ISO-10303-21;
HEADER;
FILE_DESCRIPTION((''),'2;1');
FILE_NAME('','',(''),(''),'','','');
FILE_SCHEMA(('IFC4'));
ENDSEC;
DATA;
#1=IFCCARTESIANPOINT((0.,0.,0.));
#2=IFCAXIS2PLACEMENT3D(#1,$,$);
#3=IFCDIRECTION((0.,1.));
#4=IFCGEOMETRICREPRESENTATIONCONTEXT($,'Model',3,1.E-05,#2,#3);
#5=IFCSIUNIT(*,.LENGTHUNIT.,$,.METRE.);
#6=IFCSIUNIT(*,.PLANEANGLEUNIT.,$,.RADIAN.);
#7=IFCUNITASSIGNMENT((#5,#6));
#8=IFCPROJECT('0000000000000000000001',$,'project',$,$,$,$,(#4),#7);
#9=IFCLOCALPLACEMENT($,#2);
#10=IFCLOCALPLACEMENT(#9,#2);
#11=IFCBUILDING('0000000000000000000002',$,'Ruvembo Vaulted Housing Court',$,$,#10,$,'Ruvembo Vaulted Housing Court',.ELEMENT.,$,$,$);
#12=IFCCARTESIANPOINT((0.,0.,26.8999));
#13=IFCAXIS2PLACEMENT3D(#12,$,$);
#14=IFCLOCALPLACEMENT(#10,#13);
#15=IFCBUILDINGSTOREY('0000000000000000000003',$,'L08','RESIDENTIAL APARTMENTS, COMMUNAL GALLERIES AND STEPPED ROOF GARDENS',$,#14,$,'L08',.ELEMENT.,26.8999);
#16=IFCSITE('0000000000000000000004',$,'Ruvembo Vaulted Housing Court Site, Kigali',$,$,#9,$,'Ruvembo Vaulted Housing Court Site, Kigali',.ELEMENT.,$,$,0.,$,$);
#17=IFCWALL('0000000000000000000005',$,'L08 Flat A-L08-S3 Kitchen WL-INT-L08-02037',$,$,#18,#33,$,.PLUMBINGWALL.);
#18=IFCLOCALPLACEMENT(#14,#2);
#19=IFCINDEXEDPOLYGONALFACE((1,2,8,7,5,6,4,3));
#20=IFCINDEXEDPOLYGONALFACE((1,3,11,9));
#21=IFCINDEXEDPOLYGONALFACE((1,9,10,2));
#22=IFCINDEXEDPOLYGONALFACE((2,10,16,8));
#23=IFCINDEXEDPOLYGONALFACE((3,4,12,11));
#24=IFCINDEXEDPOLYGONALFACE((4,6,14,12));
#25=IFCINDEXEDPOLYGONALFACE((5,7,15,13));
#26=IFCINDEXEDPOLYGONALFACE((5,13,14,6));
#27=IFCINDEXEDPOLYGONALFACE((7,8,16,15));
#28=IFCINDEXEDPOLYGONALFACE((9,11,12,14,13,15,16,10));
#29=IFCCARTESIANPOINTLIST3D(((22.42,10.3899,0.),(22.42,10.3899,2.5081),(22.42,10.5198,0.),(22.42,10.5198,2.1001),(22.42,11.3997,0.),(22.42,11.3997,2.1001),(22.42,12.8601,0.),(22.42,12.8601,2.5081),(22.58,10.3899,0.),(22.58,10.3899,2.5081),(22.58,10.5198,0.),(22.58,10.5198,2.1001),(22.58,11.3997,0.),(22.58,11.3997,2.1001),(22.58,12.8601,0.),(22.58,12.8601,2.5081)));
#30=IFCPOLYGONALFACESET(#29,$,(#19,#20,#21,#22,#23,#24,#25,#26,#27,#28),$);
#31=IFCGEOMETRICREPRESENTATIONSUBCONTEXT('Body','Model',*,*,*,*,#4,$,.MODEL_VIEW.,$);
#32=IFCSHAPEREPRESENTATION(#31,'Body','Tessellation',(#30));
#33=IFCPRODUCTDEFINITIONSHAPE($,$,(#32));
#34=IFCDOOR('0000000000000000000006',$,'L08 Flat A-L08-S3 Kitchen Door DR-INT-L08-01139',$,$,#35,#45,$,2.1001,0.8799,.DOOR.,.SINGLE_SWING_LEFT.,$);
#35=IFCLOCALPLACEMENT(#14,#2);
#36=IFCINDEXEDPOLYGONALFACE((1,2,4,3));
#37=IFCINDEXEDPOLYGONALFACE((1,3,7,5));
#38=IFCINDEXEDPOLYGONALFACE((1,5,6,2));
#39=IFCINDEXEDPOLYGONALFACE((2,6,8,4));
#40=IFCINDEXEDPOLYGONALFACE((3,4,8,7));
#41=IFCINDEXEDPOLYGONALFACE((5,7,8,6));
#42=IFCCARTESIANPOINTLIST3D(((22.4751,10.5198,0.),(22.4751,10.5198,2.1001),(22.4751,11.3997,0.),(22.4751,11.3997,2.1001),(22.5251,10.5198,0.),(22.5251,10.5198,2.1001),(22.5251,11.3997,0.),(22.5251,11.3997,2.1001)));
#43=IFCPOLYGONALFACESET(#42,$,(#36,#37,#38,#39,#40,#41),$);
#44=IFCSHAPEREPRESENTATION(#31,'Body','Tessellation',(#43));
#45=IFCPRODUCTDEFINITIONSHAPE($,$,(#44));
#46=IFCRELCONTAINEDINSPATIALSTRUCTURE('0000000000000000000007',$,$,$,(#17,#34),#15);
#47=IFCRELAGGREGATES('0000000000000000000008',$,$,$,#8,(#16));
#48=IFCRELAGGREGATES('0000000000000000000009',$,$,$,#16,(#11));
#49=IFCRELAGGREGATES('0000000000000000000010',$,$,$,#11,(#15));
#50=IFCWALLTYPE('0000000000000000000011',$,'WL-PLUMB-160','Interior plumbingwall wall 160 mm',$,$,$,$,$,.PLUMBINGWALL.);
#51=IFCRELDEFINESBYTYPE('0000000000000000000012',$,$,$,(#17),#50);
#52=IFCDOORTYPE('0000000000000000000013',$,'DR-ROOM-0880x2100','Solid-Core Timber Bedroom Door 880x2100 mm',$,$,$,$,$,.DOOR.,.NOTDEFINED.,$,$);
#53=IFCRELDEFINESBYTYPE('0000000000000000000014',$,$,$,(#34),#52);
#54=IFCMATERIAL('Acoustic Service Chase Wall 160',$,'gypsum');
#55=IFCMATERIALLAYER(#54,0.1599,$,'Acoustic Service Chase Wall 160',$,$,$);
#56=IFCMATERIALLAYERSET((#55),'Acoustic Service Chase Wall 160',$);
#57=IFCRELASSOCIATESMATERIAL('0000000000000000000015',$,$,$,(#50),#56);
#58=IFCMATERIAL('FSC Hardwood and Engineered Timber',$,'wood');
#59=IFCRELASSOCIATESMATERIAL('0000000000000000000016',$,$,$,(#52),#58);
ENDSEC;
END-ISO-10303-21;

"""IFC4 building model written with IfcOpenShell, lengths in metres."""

from ifc_helpers import new_model, si_unit, direction, frame, frame_2d, origin, place, context, subcontext, project, spatial, rectangle, extrude, material, layer, layer_set, type_object, element, fill, save


model = new_model("IFC4")

# Units and contexts
model_context = context("Model", 3, precision=1e-05, world=origin(), true_north=direction((0.0, 1.0)))
body_context = subcontext(model_context, "Body", "Model", "MODEL_VIEW")
ifc_project = project(units=[si_unit("LENGTHUNIT", "METRE"), si_unit("PLANEANGLEUNIT", "RADIAN")], contexts=[model_context])

# Site, building, storey
site_placement = place(None, origin())
site = spatial("IfcSite", under=ifc_project, at=site_placement, Name="Ruvembo Vaulted Housing Court Site, Kigali", LongName="Ruvembo Vaulted Housing Court Site, Kigali", CompositionType="ELEMENT", RefElevation=0.0)
building_placement = place(site_placement, origin())
building = spatial("IfcBuilding", under=site, at=building_placement, Name="Ruvembo Vaulted Housing Court", LongName="Ruvembo Vaulted Housing Court", CompositionType="ELEMENT")
storey_placement = place(building_placement, frame((0.0, 0.0, 26.8999)))
storey = spatial("IfcBuildingStorey", under=building, at=storey_placement, Name="L08", Description="RESIDENTIAL APARTMENTS, COMMUNAL GALLERIES AND STEPPED ROOF GARDENS", LongName="L08", CompositionType="ELEMENT", Elevation=26.8999)

# Shared definitions
ifc_material_1 = material(Name="FSC Hardwood and Engineered Timber", Category="wood")

# Wall, opening, door
ifc_material_2 = material(Name="Acoustic Service Chase Wall 160", Category="gypsum")
ifc_layer_1 = layer(ifc_material_2, 0.1599, Name="Acoustic Service Chase Wall 160")
ifc_layer_set_1 = layer_set([ifc_layer_1], Name="Acoustic Service Chase Wall 160")
wall_type_1 = type_object("IfcWallType", Name="WL-PLUMB-160", Description="Interior plumbingwall wall 160 mm", PredefinedType="PLUMBINGWALL", material=ifc_layer_set_1)
door_type_1 = type_object("IfcDoorType", Name="DR-ROOM-0880x2100", Description="Solid-Core Timber Bedroom Door 880x2100 mm", OperationType="NOTDEFINED", PredefinedType="DOOR", material=ifc_material_1)
wall_1_placement = place(storey_placement, frame((22.5, 10.3899, 0.0), z_axis=(0.0, 0.0, 1.0), x_axis=(0.0, 1.0, 0.0)))
wall_1 = element("IfcWall", 1, at=wall_1_placement, inside=storey, type_object=wall_type_1, Name="L08 Flat A-L08-S3 Kitchen WL-INT-L08-02037", PredefinedType="PLUMBINGWALL", context=body_context, shape_type="SweptSolid", body=[
    extrude(rectangle(XDim=2.4702, YDim=0.1599, at=frame_2d((1.2351, 0.0))), origin(), (0.0, 0.0, 1.0), 2.5081),
])
opening_1_placement = place(wall_1_placement, frame((0.1299, 0.0, 0.0)))
opening_1 = element("IfcOpeningElement", 2, at=opening_1_placement, cuts=wall_1, PredefinedType="OPENING", context=body_context, shape_type="SweptSolid", body=[
    extrude(rectangle(XDim=0.8799, YDim=2.1001, at=frame_2d((0.4399, 1.05))), frame((0.0, 0.0898, 0.0), z_axis=(0.0, -1.0, 0.0), x_axis=(1.0, 0.0, 0.0)), (0.0, 0.0, 1.0), 0.1799),
])
door_1_placement = place(opening_1_placement, origin())
door_1 = element("IfcDoor", 3, at=door_1_placement, inside=storey, type_object=door_type_1, Name="L08 Flat A-L08-S3 Kitchen Door DR-INT-L08-01139", OperationType="SINGLE_SWING_LEFT", OverallHeight=2.1001, OverallWidth=0.8799, PredefinedType="DOOR", context=body_context, shape_type="SweptSolid", body=[
    extrude(rectangle(XDim=0.8799, YDim=2.1001, at=frame_2d((0.4399, 1.05))), frame((0.0, 0.0249, 0.0), z_axis=(0.0, -1.0, 0.0), x_axis=(1.0, 0.0, 0.0)), (0.0, 0.0, 1.0), 0.05),
])
fill(opening_1, door_1)

save(model, "model.ifc")
